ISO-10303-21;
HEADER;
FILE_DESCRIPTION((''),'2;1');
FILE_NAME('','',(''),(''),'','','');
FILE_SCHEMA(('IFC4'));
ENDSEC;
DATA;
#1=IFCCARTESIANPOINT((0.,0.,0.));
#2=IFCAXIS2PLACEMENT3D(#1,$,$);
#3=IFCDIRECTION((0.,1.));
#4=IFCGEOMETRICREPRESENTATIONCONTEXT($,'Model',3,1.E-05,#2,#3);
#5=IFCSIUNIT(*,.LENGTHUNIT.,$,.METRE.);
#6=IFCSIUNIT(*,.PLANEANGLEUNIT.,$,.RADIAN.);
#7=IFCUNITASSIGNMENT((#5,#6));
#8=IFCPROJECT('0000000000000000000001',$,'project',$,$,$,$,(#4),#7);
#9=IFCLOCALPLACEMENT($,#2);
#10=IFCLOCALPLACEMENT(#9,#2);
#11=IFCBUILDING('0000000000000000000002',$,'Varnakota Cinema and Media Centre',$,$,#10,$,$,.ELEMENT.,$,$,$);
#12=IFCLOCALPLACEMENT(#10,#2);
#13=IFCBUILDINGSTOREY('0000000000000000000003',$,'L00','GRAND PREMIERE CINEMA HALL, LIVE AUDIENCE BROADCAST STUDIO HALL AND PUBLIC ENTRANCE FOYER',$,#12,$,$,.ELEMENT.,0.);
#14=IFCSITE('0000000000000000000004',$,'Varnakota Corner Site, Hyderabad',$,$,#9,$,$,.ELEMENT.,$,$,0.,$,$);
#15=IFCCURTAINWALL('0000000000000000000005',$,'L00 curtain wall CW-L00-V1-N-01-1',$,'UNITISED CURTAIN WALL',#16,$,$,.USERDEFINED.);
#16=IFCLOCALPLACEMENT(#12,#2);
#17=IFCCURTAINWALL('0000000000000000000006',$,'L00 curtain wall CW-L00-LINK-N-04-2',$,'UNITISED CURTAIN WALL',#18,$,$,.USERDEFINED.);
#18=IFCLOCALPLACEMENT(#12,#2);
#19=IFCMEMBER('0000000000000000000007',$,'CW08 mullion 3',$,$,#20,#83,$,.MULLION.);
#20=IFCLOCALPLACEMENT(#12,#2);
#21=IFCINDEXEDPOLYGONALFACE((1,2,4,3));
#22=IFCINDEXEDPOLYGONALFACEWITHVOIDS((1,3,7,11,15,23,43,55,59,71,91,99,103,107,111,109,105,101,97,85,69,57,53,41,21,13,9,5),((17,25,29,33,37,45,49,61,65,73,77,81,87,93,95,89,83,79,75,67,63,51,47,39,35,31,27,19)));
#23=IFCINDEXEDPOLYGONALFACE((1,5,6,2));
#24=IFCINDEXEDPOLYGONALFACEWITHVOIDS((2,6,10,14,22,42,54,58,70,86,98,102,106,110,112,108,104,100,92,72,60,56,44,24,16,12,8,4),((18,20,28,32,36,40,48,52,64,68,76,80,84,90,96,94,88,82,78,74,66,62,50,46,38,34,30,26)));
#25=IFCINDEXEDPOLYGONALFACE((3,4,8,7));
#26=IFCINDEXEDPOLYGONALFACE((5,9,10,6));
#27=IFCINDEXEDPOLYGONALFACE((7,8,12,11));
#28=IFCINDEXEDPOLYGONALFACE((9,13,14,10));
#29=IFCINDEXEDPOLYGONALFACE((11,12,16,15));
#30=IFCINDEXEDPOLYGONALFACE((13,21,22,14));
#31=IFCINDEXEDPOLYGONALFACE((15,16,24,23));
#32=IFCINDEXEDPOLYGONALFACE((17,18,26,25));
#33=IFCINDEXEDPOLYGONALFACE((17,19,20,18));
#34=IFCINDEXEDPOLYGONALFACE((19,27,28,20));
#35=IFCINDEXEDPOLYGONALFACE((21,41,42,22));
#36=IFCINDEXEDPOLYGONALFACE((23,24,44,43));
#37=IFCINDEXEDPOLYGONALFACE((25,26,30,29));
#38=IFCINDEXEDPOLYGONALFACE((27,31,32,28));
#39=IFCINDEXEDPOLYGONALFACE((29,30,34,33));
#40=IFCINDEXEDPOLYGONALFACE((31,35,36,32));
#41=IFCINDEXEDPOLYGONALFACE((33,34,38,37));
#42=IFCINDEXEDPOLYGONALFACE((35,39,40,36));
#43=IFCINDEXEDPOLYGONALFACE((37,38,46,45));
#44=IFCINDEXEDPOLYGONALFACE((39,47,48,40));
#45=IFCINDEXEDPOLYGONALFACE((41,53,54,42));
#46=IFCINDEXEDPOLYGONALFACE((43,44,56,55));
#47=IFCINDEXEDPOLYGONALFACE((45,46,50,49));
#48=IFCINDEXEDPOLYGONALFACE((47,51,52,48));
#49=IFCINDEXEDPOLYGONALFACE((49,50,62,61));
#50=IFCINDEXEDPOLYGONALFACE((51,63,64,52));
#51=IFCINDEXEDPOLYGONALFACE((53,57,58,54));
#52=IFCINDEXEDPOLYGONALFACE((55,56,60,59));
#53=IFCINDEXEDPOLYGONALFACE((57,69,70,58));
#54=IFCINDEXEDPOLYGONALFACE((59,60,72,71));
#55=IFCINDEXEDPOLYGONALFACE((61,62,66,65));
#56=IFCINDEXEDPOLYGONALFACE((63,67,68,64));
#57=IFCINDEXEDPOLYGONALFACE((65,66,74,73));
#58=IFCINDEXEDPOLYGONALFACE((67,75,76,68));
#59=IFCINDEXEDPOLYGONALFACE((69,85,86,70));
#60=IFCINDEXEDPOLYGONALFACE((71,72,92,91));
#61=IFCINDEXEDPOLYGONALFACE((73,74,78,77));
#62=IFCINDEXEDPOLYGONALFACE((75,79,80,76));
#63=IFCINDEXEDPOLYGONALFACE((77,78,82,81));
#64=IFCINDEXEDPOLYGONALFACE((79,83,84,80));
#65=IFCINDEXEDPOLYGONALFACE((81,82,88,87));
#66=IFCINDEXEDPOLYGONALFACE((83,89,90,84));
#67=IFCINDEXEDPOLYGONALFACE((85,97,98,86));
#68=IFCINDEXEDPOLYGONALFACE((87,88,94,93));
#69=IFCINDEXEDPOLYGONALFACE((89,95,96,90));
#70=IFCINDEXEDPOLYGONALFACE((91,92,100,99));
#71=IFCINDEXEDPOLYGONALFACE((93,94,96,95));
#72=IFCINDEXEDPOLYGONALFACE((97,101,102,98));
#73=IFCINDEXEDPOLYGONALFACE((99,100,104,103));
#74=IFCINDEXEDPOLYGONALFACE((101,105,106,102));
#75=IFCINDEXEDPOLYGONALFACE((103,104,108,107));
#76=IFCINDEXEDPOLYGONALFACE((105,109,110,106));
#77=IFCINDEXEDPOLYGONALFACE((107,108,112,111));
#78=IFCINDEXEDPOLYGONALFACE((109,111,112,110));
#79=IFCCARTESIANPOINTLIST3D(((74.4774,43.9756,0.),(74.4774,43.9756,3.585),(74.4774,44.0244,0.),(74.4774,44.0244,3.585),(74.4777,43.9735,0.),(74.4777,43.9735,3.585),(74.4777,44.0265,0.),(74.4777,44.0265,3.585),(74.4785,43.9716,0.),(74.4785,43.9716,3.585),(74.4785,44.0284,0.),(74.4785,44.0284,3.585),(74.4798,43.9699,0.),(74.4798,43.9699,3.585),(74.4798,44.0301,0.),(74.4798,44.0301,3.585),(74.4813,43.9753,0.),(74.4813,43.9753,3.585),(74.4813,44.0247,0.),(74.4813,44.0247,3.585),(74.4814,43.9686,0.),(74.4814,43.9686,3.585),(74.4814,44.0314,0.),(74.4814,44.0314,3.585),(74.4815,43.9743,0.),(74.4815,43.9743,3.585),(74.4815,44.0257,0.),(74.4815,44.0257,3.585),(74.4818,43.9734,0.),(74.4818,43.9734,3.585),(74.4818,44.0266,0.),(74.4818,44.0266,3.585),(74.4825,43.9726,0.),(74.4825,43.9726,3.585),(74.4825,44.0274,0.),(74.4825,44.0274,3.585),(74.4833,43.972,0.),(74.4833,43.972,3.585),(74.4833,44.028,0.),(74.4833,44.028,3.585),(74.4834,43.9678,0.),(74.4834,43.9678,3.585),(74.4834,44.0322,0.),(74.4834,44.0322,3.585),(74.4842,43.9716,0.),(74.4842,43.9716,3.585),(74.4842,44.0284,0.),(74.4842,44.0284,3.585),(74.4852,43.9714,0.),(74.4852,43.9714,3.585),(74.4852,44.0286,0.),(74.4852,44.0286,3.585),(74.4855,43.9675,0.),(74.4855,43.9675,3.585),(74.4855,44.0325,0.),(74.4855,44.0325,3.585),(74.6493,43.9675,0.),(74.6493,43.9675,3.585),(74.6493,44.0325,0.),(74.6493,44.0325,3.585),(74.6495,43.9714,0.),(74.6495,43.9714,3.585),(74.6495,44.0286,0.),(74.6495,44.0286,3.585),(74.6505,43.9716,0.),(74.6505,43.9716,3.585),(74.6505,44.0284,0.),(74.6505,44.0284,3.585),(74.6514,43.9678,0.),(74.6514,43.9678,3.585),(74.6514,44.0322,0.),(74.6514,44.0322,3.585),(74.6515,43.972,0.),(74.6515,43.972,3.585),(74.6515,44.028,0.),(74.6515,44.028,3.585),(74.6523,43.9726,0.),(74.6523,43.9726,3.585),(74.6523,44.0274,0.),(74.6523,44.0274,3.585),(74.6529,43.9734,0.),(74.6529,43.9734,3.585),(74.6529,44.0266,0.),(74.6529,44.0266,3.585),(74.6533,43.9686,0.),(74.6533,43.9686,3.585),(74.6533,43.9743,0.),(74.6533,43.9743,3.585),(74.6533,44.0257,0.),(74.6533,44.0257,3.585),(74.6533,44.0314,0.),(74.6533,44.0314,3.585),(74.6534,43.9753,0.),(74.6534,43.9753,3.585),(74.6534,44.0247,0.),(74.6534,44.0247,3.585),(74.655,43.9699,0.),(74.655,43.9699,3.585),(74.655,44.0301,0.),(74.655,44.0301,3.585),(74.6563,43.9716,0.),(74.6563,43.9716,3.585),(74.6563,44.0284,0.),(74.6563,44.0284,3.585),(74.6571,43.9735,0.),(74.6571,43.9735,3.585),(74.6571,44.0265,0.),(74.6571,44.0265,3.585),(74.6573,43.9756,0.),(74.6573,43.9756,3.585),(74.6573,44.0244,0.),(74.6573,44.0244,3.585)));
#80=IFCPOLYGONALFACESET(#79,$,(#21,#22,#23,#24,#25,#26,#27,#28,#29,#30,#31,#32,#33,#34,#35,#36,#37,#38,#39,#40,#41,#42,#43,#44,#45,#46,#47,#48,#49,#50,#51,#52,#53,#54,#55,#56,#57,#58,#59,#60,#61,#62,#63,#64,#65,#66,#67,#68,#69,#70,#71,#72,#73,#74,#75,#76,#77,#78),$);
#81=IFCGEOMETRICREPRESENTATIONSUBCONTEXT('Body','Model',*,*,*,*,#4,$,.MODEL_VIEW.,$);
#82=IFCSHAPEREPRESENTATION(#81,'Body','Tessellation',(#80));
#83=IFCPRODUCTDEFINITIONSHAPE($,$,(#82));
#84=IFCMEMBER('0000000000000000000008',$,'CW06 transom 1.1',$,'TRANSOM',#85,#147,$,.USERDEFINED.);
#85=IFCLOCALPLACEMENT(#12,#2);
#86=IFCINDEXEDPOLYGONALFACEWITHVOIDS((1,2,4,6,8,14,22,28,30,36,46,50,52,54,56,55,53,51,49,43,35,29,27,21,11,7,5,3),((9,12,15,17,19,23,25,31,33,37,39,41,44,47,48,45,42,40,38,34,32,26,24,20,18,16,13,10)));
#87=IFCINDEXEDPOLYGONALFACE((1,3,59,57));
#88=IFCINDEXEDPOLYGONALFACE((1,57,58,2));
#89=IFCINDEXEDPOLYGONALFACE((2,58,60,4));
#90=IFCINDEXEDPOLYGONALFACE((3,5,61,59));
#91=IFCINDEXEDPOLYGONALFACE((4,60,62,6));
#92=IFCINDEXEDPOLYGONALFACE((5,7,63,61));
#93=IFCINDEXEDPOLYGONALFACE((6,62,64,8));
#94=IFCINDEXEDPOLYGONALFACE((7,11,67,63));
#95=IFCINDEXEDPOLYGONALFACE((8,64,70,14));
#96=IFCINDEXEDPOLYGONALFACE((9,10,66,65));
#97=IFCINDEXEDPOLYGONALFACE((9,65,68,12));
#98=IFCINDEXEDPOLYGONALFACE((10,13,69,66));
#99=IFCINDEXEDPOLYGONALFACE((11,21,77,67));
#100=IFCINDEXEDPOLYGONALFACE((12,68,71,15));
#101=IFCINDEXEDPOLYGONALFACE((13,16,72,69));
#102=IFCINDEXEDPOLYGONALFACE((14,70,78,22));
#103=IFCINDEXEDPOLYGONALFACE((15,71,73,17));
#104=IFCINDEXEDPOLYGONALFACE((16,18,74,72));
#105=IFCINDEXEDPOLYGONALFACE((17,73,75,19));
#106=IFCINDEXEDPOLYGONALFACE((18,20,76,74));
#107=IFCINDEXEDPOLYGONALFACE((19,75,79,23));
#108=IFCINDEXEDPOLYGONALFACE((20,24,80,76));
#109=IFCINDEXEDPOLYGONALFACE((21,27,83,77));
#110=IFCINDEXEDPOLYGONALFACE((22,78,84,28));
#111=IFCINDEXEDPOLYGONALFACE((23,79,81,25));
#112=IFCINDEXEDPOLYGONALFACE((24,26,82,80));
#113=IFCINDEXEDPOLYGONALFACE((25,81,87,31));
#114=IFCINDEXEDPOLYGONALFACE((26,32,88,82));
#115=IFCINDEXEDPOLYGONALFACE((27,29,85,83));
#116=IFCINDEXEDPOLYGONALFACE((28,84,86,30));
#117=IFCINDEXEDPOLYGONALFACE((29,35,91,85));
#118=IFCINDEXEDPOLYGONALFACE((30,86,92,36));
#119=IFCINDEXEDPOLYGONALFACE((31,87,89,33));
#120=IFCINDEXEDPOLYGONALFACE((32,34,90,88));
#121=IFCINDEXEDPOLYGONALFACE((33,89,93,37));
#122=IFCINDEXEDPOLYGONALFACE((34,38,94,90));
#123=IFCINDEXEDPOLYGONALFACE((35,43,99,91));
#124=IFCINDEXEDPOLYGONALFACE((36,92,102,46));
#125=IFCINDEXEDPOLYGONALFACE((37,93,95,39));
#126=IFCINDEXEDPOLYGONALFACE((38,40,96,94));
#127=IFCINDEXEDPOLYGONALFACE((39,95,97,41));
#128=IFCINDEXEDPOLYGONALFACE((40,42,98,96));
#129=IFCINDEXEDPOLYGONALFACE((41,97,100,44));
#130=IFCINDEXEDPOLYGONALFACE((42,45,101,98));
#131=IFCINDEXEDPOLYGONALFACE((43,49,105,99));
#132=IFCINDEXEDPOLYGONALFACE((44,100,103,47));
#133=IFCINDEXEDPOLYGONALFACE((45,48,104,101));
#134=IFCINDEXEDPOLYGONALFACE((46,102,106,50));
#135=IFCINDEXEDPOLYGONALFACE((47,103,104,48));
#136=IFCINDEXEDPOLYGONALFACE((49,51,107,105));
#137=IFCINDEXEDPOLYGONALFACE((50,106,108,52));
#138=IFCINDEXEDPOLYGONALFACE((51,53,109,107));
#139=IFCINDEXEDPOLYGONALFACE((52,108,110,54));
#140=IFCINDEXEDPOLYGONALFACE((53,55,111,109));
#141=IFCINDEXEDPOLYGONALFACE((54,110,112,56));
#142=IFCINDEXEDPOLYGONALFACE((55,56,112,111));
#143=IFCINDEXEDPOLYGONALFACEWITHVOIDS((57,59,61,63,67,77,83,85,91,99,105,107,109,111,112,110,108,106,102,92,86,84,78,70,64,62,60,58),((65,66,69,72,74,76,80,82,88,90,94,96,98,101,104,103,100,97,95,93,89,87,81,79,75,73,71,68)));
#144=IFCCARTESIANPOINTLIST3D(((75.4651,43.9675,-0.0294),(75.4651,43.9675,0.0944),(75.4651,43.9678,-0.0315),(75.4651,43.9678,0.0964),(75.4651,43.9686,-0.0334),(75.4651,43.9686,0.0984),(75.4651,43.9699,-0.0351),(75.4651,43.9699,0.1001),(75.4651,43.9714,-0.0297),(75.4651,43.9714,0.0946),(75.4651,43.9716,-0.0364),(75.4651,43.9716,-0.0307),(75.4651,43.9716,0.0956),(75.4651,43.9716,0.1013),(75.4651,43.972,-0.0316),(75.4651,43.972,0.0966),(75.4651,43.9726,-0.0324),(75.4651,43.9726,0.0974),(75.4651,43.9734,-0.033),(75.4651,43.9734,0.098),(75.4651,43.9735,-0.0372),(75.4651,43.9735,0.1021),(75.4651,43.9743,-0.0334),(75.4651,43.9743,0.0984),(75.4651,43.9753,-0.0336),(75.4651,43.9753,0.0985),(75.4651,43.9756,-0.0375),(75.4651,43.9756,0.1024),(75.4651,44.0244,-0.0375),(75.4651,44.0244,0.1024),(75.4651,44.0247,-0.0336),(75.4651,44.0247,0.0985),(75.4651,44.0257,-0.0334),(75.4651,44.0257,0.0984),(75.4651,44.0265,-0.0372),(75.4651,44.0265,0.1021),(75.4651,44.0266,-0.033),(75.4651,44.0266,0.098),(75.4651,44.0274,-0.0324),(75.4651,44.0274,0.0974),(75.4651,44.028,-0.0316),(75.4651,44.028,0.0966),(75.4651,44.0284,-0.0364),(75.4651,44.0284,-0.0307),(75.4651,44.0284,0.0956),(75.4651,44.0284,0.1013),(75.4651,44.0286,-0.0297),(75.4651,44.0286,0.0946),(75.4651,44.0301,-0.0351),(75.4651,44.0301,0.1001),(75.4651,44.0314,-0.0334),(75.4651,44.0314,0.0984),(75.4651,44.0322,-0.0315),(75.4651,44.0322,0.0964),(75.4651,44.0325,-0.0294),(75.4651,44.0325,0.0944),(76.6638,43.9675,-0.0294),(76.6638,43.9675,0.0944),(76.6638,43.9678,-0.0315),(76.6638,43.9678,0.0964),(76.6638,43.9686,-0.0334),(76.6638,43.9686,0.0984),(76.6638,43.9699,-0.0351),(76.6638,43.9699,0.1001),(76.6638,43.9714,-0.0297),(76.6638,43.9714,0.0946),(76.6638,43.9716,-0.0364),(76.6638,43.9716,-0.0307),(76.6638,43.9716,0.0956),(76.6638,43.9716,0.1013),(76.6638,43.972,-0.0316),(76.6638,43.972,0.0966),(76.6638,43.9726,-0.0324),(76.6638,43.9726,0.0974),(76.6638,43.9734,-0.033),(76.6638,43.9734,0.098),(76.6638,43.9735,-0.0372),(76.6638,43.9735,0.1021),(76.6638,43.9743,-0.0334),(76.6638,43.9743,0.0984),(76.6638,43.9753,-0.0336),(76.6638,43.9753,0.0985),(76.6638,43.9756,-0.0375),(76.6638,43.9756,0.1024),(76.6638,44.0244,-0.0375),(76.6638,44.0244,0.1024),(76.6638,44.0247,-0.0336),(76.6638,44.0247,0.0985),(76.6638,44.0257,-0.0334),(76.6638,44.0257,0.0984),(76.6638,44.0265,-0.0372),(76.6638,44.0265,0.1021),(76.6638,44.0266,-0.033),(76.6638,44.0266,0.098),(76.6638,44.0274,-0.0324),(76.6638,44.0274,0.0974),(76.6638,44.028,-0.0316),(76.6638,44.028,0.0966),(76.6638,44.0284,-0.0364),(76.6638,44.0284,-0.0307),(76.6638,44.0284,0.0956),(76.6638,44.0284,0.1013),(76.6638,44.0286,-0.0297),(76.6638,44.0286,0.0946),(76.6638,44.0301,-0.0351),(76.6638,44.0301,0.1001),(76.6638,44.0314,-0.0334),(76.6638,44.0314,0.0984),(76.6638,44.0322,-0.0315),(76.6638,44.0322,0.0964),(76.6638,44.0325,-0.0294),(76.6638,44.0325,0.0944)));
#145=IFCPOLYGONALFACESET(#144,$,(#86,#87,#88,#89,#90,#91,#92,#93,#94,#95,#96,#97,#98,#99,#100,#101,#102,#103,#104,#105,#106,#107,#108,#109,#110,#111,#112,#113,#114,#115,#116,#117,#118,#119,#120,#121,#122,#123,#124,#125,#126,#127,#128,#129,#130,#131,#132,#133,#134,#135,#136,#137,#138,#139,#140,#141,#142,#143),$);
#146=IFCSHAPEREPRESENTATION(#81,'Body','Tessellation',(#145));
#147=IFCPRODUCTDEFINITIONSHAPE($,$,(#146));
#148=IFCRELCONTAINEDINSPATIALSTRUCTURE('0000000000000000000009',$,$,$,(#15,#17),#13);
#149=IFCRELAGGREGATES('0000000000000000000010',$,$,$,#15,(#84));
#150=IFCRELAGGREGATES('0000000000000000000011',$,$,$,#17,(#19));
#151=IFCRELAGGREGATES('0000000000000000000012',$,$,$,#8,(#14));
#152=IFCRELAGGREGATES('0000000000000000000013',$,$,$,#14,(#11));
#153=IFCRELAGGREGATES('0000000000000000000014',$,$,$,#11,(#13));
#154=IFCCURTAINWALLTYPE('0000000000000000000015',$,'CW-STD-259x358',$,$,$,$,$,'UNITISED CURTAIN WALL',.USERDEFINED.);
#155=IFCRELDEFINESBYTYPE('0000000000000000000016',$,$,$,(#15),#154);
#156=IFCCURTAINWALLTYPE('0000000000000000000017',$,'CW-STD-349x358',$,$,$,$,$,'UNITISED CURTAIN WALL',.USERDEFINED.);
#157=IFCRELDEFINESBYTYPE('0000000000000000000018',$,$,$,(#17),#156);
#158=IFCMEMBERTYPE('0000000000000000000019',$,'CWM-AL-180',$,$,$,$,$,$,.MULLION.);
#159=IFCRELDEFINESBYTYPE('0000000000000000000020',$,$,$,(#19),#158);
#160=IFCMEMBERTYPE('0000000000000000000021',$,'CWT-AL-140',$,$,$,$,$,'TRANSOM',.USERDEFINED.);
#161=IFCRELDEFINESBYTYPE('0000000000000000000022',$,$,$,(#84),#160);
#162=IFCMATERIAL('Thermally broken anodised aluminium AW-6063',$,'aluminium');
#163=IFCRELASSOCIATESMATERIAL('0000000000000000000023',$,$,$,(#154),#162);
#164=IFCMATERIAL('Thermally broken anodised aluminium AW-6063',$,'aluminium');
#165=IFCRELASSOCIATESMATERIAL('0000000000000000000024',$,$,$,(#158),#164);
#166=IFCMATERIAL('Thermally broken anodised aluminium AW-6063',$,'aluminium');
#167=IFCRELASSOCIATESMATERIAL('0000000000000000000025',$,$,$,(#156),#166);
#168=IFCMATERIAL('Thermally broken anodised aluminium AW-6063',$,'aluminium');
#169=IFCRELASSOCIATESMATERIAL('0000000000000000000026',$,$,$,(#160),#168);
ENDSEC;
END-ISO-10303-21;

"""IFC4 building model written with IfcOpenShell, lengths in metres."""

from ifc_helpers import new_model, si_unit, direction, frame, origin, origin_2d, place, context, subcontext, project, spatial, hollow_rectangle, extrude, material, material_profile, profile_set, type_object, element, aggregate, save


model = new_model("IFC4")

# Units and contexts
model_context = context("Model", 3, precision=1e-05, world=origin(), true_north=direction((0.0, 1.0)))
body_context = subcontext(model_context, "Body", "Model", "MODEL_VIEW")
ifc_project = project(units=[si_unit("LENGTHUNIT", "METRE"), si_unit("PLANEANGLEUNIT", "RADIAN")], contexts=[model_context])

# Site, building, storey
site_placement = place(None, origin())
site = spatial("IfcSite", under=ifc_project, at=site_placement, Name="Varnakota Corner Site, Hyderabad", CompositionType="ELEMENT", RefElevation=0.0)
building_placement = place(site_placement, origin())
building = spatial("IfcBuilding", under=site, at=building_placement, Name="Varnakota Cinema and Media Centre", CompositionType="ELEMENT")
storey_placement = place(building_placement, origin())
storey = spatial("IfcBuildingStorey", under=building, at=storey_placement, Name="L00", Description="GRAND PREMIERE CINEMA HALL, LIVE AUDIENCE BROADCAST STUDIO HALL AND PUBLIC ENTRANCE FOYER", CompositionType="ELEMENT", Elevation=0.0)

# Curtain walls, member
ifc_material_1 = material(Name="Thermally broken anodised aluminium AW-6063", Category="aluminium")
curtain_wall_type_1 = type_object("IfcCurtainWallType", Name="CW-STD-259x358", ElementType="UNITISED CURTAIN WALL", PredefinedType="USERDEFINED", material=ifc_material_1)
curtain_wall_1_placement = place(storey_placement, origin())
curtain_wall_1 = element("IfcCurtainWall", 1, at=curtain_wall_1_placement, inside=storey, type_object=curtain_wall_type_1, Name="L00 curtain wall CW-L00-V1-N-01-1", ObjectType="UNITISED CURTAIN WALL", PredefinedType="USERDEFINED")
ifc_material_2 = material(Name="Thermally broken anodised aluminium AW-6063", Category="aluminium")
ifc_material_profile_1 = material_profile(ifc_material_2, hollow_rectangle(XDim=0.0649, YDim=0.1799, WallThickness=0.0039, InnerFilletRadius=0.0039, OuterFilletRadius=0.0081, at=origin_2d()), Name="AL-MULLION 180x65x4")
ifc_profile_set_1 = profile_set([ifc_material_profile_1], Name="Thermally broken anodised aluminium AW-6063")
member_type_1 = type_object("IfcMemberType", Name="CWM-AL-180", PredefinedType="MULLION", material=ifc_profile_set_1)
ifc_material_3 = material(Name="Thermally broken anodised aluminium AW-6063", Category="aluminium")
curtain_wall_type_2 = type_object("IfcCurtainWallType", Name="CW-STD-349x358", ElementType="UNITISED CURTAIN WALL", PredefinedType="USERDEFINED", material=ifc_material_3)
curtain_wall_2_placement = place(storey_placement, origin())
curtain_wall_2 = element("IfcCurtainWall", 2, at=curtain_wall_2_placement, inside=storey, type_object=curtain_wall_type_2, Name="L00 curtain wall CW-L00-LINK-N-04-2", ObjectType="UNITISED CURTAIN WALL", PredefinedType="USERDEFINED")
member_1_placement = place(storey_placement, frame((74.5674, 44.0, 0.0), z_axis=(0.0, 0.0, 1.0), x_axis=(0.0, 1.0, 0.0)))
member_1 = element("IfcMember", 3, at=member_1_placement, type_object=member_type_1, Name="CW08 mullion 3", PredefinedType="MULLION", context=body_context, shape_type="SweptSolid", body=[
    extrude(hollow_rectangle(XDim=0.0649, YDim=0.1799, WallThickness=0.0039, InnerFilletRadius=0.0039, OuterFilletRadius=0.0081, at=origin_2d()), origin(), (0.0, 0.0, 1.0), 3.585),
])

# Member
ifc_material_4 = material(Name="Thermally broken anodised aluminium AW-6063", Category="aluminium")
ifc_material_profile_2 = material_profile(ifc_material_4, hollow_rectangle(XDim=0.0649, YDim=0.1399, WallThickness=0.0039, InnerFilletRadius=0.0039, OuterFilletRadius=0.0081, at=origin_2d()), Name="AL-TRANSOM 140x65x4")
ifc_profile_set_2 = profile_set([ifc_material_profile_2], Name="Thermally broken anodised aluminium AW-6063")
member_type_2 = type_object("IfcMemberType", Name="CWT-AL-140", ElementType="TRANSOM", PredefinedType="USERDEFINED", material=ifc_profile_set_2)
member_2_placement = place(storey_placement, frame((75.4651, 44.0, 0.0325), z_axis=(1.0, 0.0, 0.0), x_axis=(0.0, 1.0, 0.0)))
member_2 = element("IfcMember", 4, at=member_2_placement, type_object=member_type_2, Name="CW06 transom 1.1", ObjectType="TRANSOM", PredefinedType="USERDEFINED", context=body_context, shape_type="SweptSolid", body=[
    extrude(hollow_rectangle(XDim=0.0649, YDim=0.1399, WallThickness=0.0039, InnerFilletRadius=0.0039, OuterFilletRadius=0.0081, at=origin_2d()), origin(), (0.0, 0.0, 1.0), 1.1987),
])

aggregate(curtain_wall_1, [member_2])
aggregate(curtain_wall_2, [member_1])

save(model, "model.ifc")
